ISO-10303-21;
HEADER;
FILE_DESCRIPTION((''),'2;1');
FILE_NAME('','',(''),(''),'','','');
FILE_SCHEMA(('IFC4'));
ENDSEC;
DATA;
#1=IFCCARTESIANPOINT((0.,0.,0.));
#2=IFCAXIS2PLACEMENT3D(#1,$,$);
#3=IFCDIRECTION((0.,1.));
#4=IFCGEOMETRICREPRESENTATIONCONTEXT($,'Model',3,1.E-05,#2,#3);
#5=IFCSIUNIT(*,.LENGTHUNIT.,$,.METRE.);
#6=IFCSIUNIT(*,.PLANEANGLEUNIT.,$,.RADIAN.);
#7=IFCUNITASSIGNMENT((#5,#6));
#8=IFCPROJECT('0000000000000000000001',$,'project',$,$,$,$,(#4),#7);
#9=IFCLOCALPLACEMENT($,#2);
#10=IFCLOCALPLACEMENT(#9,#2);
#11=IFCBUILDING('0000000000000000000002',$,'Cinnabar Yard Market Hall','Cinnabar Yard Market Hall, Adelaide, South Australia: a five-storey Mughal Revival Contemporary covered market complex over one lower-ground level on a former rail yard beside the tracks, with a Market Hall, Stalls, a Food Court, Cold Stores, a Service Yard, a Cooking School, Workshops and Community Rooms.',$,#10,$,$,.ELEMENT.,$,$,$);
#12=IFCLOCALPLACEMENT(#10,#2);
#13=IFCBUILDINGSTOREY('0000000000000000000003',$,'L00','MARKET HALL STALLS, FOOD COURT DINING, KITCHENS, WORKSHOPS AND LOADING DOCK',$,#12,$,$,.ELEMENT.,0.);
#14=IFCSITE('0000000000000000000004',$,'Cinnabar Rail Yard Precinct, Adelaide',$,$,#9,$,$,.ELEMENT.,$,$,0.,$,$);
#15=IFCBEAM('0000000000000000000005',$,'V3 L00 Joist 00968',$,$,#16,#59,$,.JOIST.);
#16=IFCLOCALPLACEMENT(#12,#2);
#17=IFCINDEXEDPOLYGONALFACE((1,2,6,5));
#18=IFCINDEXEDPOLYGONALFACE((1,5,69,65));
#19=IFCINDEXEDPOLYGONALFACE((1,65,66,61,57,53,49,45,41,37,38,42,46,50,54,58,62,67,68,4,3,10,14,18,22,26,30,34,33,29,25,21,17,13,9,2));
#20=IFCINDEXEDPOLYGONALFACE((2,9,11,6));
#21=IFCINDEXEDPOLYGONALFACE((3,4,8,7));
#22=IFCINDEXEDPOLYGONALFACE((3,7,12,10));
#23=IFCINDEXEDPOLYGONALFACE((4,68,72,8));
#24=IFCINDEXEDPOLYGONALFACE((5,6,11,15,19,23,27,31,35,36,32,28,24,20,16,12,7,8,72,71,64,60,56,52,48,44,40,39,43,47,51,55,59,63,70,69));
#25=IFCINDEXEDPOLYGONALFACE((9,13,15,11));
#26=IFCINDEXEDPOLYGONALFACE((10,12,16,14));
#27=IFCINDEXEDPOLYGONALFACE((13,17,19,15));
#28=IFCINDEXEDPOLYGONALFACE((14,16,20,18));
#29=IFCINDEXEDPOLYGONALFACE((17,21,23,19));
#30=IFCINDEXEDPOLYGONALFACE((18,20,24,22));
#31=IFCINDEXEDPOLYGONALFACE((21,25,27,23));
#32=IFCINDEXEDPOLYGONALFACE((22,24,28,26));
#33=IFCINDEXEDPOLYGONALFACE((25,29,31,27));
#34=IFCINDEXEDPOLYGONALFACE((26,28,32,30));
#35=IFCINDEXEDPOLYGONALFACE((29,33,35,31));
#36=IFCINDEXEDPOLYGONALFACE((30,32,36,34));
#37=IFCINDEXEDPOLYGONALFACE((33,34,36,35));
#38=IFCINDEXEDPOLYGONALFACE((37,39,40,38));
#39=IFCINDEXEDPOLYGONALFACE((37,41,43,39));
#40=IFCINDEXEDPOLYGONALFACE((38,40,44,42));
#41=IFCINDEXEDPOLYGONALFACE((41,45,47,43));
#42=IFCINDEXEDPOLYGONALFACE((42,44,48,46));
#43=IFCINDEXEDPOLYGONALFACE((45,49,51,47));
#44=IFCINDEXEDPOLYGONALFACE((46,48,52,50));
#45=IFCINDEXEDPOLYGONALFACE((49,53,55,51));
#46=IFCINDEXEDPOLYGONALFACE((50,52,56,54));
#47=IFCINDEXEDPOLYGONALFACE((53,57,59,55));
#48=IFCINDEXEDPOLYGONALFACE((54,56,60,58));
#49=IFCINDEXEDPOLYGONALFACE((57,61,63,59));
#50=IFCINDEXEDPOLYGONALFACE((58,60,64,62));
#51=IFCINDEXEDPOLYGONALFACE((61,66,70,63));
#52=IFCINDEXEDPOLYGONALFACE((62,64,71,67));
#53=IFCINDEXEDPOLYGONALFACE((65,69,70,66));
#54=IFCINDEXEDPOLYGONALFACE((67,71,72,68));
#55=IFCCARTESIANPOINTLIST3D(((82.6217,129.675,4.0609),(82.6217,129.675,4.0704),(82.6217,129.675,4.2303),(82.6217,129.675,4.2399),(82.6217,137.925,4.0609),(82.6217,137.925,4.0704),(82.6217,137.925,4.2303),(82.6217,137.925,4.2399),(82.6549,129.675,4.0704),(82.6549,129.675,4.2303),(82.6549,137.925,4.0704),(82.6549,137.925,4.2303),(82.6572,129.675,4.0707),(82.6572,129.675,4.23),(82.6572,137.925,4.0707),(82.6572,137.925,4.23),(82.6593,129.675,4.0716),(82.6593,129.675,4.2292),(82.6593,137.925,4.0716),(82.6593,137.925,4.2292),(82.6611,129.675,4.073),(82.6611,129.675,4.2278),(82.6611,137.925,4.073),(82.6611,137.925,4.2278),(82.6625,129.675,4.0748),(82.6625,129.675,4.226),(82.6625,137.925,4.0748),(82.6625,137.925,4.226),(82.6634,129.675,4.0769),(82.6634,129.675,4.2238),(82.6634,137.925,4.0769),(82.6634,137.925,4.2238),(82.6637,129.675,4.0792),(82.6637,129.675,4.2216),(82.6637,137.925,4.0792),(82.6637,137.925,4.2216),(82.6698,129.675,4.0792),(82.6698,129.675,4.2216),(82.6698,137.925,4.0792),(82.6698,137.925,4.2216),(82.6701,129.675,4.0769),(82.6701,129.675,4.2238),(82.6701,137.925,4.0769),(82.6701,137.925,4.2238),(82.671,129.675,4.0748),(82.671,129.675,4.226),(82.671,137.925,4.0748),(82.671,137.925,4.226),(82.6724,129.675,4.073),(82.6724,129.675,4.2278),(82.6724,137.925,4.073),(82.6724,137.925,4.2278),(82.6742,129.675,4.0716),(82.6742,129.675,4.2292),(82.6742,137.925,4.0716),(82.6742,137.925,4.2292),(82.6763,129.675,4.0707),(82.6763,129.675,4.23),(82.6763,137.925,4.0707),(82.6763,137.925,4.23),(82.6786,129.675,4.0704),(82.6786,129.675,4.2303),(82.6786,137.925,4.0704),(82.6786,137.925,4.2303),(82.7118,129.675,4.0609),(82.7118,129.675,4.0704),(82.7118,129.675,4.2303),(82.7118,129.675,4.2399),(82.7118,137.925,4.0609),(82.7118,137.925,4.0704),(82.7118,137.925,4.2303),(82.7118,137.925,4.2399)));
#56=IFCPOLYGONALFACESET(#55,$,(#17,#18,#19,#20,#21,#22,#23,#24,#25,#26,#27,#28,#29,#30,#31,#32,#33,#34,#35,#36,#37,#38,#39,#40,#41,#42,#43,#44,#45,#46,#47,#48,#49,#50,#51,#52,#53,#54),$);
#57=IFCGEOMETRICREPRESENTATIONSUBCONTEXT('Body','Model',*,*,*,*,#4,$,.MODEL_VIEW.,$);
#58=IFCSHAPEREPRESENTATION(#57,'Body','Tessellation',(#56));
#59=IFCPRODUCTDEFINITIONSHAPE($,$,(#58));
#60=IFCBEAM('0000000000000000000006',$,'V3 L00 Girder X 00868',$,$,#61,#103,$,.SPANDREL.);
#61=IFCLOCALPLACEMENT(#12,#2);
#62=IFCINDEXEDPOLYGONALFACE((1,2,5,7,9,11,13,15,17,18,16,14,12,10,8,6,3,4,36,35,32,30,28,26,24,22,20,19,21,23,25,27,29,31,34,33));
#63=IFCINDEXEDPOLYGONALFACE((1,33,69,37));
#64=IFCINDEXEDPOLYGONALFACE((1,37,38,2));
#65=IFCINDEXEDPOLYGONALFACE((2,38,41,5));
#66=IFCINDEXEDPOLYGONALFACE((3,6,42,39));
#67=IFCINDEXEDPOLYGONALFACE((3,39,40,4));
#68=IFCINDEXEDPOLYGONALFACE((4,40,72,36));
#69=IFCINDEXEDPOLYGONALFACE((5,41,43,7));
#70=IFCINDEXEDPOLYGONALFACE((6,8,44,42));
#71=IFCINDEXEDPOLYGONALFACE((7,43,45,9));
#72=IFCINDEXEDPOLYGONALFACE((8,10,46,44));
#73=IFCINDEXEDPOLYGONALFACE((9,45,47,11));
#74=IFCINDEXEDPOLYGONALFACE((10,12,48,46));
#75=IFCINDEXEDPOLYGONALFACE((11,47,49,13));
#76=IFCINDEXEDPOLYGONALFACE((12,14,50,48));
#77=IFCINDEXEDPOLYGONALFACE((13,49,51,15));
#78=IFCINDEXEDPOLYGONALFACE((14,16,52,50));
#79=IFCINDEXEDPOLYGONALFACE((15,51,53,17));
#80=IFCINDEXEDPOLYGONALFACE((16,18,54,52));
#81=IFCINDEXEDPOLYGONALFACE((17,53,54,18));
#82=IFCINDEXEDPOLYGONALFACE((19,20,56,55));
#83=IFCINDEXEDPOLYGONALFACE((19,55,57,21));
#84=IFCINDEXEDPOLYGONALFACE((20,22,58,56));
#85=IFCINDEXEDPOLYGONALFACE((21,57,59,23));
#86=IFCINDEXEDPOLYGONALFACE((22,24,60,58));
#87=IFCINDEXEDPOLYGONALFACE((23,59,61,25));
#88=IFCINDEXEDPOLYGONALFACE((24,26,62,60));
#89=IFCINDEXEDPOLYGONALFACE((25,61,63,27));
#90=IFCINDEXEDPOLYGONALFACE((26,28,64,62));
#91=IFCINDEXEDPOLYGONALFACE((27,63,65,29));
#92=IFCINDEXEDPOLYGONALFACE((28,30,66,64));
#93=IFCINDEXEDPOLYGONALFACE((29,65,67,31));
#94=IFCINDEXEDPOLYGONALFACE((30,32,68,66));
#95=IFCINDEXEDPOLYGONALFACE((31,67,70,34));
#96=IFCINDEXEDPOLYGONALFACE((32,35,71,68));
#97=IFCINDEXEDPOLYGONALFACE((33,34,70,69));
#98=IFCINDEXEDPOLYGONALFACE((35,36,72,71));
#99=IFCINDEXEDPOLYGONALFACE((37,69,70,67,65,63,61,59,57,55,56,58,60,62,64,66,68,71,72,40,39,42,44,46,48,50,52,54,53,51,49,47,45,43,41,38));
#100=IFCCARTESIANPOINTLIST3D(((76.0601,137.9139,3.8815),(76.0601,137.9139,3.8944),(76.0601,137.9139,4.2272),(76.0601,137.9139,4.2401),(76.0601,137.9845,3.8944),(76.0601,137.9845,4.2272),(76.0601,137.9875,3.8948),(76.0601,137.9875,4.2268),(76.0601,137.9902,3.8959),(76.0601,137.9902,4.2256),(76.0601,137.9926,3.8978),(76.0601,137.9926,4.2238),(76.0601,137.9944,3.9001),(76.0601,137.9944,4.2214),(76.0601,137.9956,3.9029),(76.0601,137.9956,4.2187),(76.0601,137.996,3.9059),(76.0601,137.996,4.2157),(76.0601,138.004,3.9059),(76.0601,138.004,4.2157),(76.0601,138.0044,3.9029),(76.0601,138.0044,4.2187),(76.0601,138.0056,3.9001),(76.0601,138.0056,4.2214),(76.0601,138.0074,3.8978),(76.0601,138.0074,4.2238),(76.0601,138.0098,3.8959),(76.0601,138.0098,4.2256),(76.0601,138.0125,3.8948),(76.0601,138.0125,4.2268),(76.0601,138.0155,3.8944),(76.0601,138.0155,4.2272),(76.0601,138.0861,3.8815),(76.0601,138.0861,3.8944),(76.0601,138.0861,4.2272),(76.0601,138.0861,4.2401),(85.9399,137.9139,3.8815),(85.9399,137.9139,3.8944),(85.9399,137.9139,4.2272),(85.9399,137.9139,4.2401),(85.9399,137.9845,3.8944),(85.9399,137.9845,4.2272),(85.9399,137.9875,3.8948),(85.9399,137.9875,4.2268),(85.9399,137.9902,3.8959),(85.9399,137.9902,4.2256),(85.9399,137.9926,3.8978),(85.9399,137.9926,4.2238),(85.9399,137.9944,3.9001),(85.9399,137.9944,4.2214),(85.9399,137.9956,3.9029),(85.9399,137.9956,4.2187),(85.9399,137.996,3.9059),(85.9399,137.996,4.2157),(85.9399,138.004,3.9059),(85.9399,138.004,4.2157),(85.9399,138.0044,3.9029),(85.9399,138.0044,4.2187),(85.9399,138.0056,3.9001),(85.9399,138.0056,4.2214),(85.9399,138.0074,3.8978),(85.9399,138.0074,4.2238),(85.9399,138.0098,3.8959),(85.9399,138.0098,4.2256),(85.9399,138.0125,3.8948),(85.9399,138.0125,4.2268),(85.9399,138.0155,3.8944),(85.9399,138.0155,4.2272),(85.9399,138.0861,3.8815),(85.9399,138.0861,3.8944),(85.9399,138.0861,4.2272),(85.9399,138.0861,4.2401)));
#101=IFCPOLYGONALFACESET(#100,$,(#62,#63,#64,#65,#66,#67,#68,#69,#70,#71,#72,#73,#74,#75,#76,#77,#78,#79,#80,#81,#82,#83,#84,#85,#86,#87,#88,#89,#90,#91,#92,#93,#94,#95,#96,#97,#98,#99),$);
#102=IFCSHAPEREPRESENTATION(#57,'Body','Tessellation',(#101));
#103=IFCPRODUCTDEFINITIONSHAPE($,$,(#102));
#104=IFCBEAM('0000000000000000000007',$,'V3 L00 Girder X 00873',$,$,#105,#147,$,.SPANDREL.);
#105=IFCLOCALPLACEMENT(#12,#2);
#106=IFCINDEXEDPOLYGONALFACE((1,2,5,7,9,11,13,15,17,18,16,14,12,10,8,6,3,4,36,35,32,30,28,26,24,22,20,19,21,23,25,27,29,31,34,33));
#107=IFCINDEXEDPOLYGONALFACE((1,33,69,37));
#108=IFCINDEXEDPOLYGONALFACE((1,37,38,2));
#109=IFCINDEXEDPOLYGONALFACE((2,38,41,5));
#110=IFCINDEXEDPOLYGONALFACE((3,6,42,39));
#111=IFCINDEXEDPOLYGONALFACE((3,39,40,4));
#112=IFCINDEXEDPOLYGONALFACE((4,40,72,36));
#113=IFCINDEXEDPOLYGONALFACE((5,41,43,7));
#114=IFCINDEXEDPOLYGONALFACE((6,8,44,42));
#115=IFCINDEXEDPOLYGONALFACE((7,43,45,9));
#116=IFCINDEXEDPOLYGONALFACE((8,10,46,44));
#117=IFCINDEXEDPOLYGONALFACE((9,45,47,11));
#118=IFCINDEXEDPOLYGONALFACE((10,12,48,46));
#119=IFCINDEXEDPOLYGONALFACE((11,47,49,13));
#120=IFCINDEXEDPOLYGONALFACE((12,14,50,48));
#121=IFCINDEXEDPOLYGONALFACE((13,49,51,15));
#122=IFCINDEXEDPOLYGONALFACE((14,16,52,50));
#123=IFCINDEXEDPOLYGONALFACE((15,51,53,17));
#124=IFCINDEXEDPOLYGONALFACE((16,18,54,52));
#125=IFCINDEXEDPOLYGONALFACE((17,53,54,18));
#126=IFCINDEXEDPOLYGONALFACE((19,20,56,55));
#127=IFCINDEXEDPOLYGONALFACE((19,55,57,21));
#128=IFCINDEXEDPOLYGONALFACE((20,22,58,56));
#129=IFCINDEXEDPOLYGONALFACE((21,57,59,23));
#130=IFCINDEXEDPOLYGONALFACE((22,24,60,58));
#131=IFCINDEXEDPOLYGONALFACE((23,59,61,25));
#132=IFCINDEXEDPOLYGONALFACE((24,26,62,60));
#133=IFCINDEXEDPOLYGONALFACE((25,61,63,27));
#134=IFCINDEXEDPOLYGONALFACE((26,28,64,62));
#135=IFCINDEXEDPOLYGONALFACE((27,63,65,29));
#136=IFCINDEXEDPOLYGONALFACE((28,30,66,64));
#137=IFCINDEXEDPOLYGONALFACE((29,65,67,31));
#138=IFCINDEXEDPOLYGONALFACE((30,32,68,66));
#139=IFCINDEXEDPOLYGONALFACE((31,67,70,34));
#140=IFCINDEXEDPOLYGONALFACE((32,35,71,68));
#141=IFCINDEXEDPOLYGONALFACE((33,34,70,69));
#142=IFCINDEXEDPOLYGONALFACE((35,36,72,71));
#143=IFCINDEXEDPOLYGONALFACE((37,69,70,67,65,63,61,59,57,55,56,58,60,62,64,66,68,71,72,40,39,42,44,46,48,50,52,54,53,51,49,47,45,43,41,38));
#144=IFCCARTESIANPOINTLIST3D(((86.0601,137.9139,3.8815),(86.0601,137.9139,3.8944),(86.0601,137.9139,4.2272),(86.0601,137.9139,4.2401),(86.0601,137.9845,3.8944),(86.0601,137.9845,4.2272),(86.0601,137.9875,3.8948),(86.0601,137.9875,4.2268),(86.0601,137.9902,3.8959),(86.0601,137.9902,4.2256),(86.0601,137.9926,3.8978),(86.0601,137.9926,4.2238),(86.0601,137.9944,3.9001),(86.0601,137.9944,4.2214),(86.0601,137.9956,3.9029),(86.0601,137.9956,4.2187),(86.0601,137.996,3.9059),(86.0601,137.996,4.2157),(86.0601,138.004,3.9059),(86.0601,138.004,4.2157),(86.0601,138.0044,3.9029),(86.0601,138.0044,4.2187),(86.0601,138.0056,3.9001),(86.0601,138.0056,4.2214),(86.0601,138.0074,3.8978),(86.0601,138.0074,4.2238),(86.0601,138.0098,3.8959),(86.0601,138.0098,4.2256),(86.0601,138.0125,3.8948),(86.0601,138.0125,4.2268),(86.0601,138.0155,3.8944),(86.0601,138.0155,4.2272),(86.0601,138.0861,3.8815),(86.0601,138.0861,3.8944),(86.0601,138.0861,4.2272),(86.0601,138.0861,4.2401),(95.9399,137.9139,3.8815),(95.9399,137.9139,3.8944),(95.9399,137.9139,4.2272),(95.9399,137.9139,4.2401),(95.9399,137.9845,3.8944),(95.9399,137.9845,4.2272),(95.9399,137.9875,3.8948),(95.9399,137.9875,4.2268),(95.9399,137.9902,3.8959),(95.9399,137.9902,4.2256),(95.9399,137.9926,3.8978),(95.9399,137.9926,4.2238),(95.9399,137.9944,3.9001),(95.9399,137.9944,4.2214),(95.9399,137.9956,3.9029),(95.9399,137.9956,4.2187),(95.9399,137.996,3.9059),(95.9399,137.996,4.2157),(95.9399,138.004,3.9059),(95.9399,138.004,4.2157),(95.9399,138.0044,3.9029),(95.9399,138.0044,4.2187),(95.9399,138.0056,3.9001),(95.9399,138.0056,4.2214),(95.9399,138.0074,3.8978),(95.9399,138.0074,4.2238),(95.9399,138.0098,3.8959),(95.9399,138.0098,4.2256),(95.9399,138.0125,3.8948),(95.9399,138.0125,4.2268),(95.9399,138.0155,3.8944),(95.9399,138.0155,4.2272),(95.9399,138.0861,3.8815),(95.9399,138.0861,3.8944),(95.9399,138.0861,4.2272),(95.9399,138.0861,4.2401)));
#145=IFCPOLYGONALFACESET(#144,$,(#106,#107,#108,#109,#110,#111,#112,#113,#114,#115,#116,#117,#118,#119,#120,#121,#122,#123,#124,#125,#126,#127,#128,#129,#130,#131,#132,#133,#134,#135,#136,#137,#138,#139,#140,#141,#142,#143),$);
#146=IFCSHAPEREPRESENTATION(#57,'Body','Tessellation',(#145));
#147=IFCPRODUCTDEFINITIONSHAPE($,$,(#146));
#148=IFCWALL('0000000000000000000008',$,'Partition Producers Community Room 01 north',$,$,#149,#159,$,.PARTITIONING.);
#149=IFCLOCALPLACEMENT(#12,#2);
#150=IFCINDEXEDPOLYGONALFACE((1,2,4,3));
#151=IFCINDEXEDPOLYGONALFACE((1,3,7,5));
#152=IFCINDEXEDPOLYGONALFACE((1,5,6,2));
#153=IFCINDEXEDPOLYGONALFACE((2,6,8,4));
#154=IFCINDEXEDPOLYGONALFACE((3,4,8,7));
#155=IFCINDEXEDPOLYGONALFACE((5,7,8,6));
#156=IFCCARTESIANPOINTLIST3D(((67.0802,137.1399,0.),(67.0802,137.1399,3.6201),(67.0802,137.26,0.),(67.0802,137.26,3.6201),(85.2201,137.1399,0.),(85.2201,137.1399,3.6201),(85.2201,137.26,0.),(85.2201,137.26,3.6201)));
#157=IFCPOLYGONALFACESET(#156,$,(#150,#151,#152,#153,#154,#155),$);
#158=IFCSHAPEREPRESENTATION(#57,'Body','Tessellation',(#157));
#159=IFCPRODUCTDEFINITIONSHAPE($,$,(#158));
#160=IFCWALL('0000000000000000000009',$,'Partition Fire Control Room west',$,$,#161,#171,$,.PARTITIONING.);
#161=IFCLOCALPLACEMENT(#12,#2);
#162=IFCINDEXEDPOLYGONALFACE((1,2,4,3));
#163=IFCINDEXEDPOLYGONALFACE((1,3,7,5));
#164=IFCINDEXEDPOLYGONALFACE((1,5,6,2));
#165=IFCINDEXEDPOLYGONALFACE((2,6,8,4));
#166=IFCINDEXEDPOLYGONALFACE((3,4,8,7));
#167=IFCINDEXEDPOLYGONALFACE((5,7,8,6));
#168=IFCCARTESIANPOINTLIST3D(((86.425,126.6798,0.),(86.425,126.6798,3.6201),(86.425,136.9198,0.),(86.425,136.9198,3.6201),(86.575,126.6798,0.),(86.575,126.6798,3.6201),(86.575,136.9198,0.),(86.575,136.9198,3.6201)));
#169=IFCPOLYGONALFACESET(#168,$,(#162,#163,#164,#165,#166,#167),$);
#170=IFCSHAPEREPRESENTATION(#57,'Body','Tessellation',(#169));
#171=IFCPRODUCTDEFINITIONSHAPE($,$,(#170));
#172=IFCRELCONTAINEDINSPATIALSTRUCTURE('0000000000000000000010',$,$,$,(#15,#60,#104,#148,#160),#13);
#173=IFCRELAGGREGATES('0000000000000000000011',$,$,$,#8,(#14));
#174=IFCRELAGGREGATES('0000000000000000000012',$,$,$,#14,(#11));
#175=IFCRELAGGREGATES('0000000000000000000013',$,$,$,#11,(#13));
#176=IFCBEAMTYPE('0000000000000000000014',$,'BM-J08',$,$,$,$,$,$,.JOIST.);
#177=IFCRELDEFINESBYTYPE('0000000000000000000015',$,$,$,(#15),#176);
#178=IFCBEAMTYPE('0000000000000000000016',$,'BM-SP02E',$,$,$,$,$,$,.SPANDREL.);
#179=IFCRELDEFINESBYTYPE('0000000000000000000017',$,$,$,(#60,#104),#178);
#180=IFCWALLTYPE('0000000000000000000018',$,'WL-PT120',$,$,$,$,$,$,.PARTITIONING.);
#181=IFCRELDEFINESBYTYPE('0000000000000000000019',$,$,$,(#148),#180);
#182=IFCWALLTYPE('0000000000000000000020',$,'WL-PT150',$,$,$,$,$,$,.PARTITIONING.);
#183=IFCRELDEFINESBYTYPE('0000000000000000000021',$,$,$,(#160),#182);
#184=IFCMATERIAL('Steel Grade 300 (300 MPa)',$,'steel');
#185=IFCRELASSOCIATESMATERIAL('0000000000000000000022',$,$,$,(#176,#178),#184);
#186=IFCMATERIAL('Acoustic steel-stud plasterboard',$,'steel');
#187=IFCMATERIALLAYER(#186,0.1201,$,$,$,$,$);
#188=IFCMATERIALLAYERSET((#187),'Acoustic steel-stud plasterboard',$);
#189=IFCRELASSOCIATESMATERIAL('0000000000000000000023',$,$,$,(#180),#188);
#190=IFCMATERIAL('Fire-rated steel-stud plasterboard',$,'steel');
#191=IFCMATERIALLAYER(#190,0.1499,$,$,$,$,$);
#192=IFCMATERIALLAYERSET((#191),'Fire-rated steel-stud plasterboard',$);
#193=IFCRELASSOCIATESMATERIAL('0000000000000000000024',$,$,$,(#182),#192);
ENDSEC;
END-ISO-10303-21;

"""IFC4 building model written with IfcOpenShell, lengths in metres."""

from ifc_helpers import new_model, si_unit, direction, frame, frame_2d, origin, origin_2d_with_axis, place, context, subcontext, project, spatial, rectangle, i_section, extrude, material, layer, layer_set, material_profile, profile_set, type_object, element, save


model = new_model("IFC4")

# Units and contexts
model_context = context("Model", 3, precision=1e-05, world=origin(), true_north=direction((0.0, 1.0)))
body_context = subcontext(model_context, "Body", "Model", "MODEL_VIEW")
ifc_project = project(units=[si_unit("LENGTHUNIT", "METRE"), si_unit("PLANEANGLEUNIT", "RADIAN")], contexts=[model_context])

# Site, building, storey
site_placement = place(None, origin())
site = spatial("IfcSite", under=ifc_project, at=site_placement, Name="Cinnabar Rail Yard Precinct, Adelaide", CompositionType="ELEMENT", RefElevation=0.0)
building_placement = place(site_placement, origin())
building = spatial("IfcBuilding", under=site, at=building_placement, Name="Cinnabar Yard Market Hall", Description="Cinnabar Yard Market Hall, Adelaide, South Australia: a five-storey Mughal Revival Contemporary covered market complex over one lower-ground level on a former rail yard beside the tracks, with a Market Hall, Stalls, a Food Court, Cold Stores, a Service Yard, a Cooking School, Workshops and Community Rooms.", CompositionType="ELEMENT")
storey_placement = place(building_placement, origin())
storey = spatial("IfcBuildingStorey", under=building, at=storey_placement, Name="L00", Description="MARKET HALL STALLS, FOOD COURT DINING, KITCHENS, WORKSHOPS AND LOADING DOCK", CompositionType="ELEMENT", Elevation=0.0)

# Shared definitions
ifc_material_1 = material(Name="Steel Grade 300 (300 MPa)", Category="steel")

# Beams
ifc_material_profile_1 = material_profile(ifc_material_1, i_section(OverallWidth=0.0901, OverallDepth=0.179, WebThickness=0.0061, FlangeThickness=0.0095, FilletRadius=0.0088, at=origin_2d_with_axis()), Name="180UB22.2")
ifc_profile_set_1 = profile_set([ifc_material_profile_1], Name="Steel Grade 300 (300 MPa)")
beam_type_1 = type_object("IfcBeamType", Name="BM-J08", PredefinedType="JOIST", material=ifc_profile_set_1)
for number, where, z_axis, x_axis, name in (
    (1, (82.6667, 129.675, 4.1504), (0.0, 1.0, 0.0), (-1.0, 0.0, 0.0), "V3 L00 Joist 00968"),
):
    element("IfcBeam", number, at=place(storey_placement, frame(where, z_axis=z_axis, x_axis=x_axis)), inside=storey, type_object=beam_type_1, Name=name, PredefinedType="JOIST", context=body_context, shape_type="SweptSolid", body=[
        extrude(i_section(OverallWidth=0.0901, OverallDepth=0.179, WebThickness=0.0061, FlangeThickness=0.0095, FilletRadius=0.0088, at=origin_2d_with_axis()), origin(), (0.0, 0.0, 1.0), 8.25),
    ])
ifc_material_profile_2 = material_profile(ifc_material_1, i_section(OverallWidth=0.1721, OverallDepth=0.3586, WebThickness=0.0081, FlangeThickness=0.0129, FilletRadius=0.0115, at=origin_2d_with_axis()), Name="360UB56.7")
ifc_profile_set_2 = profile_set([ifc_material_profile_2], Name="Steel Grade 300 (300 MPa)")
beam_type_2 = type_object("IfcBeamType", Name="BM-SP02E", PredefinedType="SPANDREL", material=ifc_profile_set_2)
for number, where, z_axis, x_axis, name in (
    (2, (76.0601, 138.0, 4.0608), (1.0, 0.0, 0.0), (0.0, 1.0, 0.0), "V3 L00 Girder X 00868"),
    (3, (86.0601, 138.0, 4.0608), (1.0, 0.0, 0.0), (0.0, 1.0, 0.0), "V3 L00 Girder X 00873"),
):
    element("IfcBeam", number, at=place(storey_placement, frame(where, z_axis=z_axis, x_axis=x_axis)), inside=storey, type_object=beam_type_2, Name=name, PredefinedType="SPANDREL", context=body_context, shape_type="SweptSolid", body=[
        extrude(i_section(OverallWidth=0.1721, OverallDepth=0.3586, WebThickness=0.0081, FlangeThickness=0.0129, FilletRadius=0.0115, at=origin_2d_with_axis()), origin(), (0.0, 0.0, 1.0), 9.8799),
    ])

# Walls
ifc_material_2 = material(Name="Acoustic steel-stud plasterboard", Category="steel")
ifc_layer_1 = layer(ifc_material_2, 0.1201)
ifc_layer_set_1 = layer_set([ifc_layer_1], Name="Acoustic steel-stud plasterboard")
wall_type_1 = type_object("IfcWallType", Name="WL-PT120", PredefinedType="PARTITIONING", material=ifc_layer_set_1)
wall_1_placement = place(storey_placement, frame((85.22, 137.2, 0.0), z_axis=(0.0, 0.0, 1.0), x_axis=(-1.0, 0.0, 0.0)))
element("IfcWall", 4, at=wall_1_placement, inside=storey, type_object=wall_type_1, Name="Partition Producers Community Room 01 north", PredefinedType="PARTITIONING", context=body_context, shape_type="SweptSolid", body=[
    extrude(rectangle(XDim=18.1399, YDim=0.1201, at=frame_2d((9.0698, 0.0), x_axis=(1.0, 0.0))), origin(), (0.0, 0.0, 1.0), 3.6201),
])
ifc_material_3 = material(Name="Fire-rated steel-stud plasterboard", Category="steel")
ifc_layer_2 = layer(ifc_material_3, 0.1499)
ifc_layer_set_2 = layer_set([ifc_layer_2], Name="Fire-rated steel-stud plasterboard")
wall_type_2 = type_object("IfcWallType", Name="WL-PT150", PredefinedType="PARTITIONING", material=ifc_layer_set_2)
wall_2_placement = place(storey_placement, frame((86.5, 136.9199, 0.0), z_axis=(0.0, 0.0, 1.0), x_axis=(0.0, -1.0, 0.0)))
element("IfcWall", 5, at=wall_2_placement, inside=storey, type_object=wall_type_2, Name="Partition Fire Control Room west", PredefinedType="PARTITIONING", context=body_context, shape_type="SweptSolid", body=[
    extrude(rectangle(XDim=10.24, YDim=0.1499, at=frame_2d((5.1201, 0.0), x_axis=(1.0, 0.0))), origin(), (0.0, 0.0, 1.0), 3.6201),
])

save(model, "model.ifc")
